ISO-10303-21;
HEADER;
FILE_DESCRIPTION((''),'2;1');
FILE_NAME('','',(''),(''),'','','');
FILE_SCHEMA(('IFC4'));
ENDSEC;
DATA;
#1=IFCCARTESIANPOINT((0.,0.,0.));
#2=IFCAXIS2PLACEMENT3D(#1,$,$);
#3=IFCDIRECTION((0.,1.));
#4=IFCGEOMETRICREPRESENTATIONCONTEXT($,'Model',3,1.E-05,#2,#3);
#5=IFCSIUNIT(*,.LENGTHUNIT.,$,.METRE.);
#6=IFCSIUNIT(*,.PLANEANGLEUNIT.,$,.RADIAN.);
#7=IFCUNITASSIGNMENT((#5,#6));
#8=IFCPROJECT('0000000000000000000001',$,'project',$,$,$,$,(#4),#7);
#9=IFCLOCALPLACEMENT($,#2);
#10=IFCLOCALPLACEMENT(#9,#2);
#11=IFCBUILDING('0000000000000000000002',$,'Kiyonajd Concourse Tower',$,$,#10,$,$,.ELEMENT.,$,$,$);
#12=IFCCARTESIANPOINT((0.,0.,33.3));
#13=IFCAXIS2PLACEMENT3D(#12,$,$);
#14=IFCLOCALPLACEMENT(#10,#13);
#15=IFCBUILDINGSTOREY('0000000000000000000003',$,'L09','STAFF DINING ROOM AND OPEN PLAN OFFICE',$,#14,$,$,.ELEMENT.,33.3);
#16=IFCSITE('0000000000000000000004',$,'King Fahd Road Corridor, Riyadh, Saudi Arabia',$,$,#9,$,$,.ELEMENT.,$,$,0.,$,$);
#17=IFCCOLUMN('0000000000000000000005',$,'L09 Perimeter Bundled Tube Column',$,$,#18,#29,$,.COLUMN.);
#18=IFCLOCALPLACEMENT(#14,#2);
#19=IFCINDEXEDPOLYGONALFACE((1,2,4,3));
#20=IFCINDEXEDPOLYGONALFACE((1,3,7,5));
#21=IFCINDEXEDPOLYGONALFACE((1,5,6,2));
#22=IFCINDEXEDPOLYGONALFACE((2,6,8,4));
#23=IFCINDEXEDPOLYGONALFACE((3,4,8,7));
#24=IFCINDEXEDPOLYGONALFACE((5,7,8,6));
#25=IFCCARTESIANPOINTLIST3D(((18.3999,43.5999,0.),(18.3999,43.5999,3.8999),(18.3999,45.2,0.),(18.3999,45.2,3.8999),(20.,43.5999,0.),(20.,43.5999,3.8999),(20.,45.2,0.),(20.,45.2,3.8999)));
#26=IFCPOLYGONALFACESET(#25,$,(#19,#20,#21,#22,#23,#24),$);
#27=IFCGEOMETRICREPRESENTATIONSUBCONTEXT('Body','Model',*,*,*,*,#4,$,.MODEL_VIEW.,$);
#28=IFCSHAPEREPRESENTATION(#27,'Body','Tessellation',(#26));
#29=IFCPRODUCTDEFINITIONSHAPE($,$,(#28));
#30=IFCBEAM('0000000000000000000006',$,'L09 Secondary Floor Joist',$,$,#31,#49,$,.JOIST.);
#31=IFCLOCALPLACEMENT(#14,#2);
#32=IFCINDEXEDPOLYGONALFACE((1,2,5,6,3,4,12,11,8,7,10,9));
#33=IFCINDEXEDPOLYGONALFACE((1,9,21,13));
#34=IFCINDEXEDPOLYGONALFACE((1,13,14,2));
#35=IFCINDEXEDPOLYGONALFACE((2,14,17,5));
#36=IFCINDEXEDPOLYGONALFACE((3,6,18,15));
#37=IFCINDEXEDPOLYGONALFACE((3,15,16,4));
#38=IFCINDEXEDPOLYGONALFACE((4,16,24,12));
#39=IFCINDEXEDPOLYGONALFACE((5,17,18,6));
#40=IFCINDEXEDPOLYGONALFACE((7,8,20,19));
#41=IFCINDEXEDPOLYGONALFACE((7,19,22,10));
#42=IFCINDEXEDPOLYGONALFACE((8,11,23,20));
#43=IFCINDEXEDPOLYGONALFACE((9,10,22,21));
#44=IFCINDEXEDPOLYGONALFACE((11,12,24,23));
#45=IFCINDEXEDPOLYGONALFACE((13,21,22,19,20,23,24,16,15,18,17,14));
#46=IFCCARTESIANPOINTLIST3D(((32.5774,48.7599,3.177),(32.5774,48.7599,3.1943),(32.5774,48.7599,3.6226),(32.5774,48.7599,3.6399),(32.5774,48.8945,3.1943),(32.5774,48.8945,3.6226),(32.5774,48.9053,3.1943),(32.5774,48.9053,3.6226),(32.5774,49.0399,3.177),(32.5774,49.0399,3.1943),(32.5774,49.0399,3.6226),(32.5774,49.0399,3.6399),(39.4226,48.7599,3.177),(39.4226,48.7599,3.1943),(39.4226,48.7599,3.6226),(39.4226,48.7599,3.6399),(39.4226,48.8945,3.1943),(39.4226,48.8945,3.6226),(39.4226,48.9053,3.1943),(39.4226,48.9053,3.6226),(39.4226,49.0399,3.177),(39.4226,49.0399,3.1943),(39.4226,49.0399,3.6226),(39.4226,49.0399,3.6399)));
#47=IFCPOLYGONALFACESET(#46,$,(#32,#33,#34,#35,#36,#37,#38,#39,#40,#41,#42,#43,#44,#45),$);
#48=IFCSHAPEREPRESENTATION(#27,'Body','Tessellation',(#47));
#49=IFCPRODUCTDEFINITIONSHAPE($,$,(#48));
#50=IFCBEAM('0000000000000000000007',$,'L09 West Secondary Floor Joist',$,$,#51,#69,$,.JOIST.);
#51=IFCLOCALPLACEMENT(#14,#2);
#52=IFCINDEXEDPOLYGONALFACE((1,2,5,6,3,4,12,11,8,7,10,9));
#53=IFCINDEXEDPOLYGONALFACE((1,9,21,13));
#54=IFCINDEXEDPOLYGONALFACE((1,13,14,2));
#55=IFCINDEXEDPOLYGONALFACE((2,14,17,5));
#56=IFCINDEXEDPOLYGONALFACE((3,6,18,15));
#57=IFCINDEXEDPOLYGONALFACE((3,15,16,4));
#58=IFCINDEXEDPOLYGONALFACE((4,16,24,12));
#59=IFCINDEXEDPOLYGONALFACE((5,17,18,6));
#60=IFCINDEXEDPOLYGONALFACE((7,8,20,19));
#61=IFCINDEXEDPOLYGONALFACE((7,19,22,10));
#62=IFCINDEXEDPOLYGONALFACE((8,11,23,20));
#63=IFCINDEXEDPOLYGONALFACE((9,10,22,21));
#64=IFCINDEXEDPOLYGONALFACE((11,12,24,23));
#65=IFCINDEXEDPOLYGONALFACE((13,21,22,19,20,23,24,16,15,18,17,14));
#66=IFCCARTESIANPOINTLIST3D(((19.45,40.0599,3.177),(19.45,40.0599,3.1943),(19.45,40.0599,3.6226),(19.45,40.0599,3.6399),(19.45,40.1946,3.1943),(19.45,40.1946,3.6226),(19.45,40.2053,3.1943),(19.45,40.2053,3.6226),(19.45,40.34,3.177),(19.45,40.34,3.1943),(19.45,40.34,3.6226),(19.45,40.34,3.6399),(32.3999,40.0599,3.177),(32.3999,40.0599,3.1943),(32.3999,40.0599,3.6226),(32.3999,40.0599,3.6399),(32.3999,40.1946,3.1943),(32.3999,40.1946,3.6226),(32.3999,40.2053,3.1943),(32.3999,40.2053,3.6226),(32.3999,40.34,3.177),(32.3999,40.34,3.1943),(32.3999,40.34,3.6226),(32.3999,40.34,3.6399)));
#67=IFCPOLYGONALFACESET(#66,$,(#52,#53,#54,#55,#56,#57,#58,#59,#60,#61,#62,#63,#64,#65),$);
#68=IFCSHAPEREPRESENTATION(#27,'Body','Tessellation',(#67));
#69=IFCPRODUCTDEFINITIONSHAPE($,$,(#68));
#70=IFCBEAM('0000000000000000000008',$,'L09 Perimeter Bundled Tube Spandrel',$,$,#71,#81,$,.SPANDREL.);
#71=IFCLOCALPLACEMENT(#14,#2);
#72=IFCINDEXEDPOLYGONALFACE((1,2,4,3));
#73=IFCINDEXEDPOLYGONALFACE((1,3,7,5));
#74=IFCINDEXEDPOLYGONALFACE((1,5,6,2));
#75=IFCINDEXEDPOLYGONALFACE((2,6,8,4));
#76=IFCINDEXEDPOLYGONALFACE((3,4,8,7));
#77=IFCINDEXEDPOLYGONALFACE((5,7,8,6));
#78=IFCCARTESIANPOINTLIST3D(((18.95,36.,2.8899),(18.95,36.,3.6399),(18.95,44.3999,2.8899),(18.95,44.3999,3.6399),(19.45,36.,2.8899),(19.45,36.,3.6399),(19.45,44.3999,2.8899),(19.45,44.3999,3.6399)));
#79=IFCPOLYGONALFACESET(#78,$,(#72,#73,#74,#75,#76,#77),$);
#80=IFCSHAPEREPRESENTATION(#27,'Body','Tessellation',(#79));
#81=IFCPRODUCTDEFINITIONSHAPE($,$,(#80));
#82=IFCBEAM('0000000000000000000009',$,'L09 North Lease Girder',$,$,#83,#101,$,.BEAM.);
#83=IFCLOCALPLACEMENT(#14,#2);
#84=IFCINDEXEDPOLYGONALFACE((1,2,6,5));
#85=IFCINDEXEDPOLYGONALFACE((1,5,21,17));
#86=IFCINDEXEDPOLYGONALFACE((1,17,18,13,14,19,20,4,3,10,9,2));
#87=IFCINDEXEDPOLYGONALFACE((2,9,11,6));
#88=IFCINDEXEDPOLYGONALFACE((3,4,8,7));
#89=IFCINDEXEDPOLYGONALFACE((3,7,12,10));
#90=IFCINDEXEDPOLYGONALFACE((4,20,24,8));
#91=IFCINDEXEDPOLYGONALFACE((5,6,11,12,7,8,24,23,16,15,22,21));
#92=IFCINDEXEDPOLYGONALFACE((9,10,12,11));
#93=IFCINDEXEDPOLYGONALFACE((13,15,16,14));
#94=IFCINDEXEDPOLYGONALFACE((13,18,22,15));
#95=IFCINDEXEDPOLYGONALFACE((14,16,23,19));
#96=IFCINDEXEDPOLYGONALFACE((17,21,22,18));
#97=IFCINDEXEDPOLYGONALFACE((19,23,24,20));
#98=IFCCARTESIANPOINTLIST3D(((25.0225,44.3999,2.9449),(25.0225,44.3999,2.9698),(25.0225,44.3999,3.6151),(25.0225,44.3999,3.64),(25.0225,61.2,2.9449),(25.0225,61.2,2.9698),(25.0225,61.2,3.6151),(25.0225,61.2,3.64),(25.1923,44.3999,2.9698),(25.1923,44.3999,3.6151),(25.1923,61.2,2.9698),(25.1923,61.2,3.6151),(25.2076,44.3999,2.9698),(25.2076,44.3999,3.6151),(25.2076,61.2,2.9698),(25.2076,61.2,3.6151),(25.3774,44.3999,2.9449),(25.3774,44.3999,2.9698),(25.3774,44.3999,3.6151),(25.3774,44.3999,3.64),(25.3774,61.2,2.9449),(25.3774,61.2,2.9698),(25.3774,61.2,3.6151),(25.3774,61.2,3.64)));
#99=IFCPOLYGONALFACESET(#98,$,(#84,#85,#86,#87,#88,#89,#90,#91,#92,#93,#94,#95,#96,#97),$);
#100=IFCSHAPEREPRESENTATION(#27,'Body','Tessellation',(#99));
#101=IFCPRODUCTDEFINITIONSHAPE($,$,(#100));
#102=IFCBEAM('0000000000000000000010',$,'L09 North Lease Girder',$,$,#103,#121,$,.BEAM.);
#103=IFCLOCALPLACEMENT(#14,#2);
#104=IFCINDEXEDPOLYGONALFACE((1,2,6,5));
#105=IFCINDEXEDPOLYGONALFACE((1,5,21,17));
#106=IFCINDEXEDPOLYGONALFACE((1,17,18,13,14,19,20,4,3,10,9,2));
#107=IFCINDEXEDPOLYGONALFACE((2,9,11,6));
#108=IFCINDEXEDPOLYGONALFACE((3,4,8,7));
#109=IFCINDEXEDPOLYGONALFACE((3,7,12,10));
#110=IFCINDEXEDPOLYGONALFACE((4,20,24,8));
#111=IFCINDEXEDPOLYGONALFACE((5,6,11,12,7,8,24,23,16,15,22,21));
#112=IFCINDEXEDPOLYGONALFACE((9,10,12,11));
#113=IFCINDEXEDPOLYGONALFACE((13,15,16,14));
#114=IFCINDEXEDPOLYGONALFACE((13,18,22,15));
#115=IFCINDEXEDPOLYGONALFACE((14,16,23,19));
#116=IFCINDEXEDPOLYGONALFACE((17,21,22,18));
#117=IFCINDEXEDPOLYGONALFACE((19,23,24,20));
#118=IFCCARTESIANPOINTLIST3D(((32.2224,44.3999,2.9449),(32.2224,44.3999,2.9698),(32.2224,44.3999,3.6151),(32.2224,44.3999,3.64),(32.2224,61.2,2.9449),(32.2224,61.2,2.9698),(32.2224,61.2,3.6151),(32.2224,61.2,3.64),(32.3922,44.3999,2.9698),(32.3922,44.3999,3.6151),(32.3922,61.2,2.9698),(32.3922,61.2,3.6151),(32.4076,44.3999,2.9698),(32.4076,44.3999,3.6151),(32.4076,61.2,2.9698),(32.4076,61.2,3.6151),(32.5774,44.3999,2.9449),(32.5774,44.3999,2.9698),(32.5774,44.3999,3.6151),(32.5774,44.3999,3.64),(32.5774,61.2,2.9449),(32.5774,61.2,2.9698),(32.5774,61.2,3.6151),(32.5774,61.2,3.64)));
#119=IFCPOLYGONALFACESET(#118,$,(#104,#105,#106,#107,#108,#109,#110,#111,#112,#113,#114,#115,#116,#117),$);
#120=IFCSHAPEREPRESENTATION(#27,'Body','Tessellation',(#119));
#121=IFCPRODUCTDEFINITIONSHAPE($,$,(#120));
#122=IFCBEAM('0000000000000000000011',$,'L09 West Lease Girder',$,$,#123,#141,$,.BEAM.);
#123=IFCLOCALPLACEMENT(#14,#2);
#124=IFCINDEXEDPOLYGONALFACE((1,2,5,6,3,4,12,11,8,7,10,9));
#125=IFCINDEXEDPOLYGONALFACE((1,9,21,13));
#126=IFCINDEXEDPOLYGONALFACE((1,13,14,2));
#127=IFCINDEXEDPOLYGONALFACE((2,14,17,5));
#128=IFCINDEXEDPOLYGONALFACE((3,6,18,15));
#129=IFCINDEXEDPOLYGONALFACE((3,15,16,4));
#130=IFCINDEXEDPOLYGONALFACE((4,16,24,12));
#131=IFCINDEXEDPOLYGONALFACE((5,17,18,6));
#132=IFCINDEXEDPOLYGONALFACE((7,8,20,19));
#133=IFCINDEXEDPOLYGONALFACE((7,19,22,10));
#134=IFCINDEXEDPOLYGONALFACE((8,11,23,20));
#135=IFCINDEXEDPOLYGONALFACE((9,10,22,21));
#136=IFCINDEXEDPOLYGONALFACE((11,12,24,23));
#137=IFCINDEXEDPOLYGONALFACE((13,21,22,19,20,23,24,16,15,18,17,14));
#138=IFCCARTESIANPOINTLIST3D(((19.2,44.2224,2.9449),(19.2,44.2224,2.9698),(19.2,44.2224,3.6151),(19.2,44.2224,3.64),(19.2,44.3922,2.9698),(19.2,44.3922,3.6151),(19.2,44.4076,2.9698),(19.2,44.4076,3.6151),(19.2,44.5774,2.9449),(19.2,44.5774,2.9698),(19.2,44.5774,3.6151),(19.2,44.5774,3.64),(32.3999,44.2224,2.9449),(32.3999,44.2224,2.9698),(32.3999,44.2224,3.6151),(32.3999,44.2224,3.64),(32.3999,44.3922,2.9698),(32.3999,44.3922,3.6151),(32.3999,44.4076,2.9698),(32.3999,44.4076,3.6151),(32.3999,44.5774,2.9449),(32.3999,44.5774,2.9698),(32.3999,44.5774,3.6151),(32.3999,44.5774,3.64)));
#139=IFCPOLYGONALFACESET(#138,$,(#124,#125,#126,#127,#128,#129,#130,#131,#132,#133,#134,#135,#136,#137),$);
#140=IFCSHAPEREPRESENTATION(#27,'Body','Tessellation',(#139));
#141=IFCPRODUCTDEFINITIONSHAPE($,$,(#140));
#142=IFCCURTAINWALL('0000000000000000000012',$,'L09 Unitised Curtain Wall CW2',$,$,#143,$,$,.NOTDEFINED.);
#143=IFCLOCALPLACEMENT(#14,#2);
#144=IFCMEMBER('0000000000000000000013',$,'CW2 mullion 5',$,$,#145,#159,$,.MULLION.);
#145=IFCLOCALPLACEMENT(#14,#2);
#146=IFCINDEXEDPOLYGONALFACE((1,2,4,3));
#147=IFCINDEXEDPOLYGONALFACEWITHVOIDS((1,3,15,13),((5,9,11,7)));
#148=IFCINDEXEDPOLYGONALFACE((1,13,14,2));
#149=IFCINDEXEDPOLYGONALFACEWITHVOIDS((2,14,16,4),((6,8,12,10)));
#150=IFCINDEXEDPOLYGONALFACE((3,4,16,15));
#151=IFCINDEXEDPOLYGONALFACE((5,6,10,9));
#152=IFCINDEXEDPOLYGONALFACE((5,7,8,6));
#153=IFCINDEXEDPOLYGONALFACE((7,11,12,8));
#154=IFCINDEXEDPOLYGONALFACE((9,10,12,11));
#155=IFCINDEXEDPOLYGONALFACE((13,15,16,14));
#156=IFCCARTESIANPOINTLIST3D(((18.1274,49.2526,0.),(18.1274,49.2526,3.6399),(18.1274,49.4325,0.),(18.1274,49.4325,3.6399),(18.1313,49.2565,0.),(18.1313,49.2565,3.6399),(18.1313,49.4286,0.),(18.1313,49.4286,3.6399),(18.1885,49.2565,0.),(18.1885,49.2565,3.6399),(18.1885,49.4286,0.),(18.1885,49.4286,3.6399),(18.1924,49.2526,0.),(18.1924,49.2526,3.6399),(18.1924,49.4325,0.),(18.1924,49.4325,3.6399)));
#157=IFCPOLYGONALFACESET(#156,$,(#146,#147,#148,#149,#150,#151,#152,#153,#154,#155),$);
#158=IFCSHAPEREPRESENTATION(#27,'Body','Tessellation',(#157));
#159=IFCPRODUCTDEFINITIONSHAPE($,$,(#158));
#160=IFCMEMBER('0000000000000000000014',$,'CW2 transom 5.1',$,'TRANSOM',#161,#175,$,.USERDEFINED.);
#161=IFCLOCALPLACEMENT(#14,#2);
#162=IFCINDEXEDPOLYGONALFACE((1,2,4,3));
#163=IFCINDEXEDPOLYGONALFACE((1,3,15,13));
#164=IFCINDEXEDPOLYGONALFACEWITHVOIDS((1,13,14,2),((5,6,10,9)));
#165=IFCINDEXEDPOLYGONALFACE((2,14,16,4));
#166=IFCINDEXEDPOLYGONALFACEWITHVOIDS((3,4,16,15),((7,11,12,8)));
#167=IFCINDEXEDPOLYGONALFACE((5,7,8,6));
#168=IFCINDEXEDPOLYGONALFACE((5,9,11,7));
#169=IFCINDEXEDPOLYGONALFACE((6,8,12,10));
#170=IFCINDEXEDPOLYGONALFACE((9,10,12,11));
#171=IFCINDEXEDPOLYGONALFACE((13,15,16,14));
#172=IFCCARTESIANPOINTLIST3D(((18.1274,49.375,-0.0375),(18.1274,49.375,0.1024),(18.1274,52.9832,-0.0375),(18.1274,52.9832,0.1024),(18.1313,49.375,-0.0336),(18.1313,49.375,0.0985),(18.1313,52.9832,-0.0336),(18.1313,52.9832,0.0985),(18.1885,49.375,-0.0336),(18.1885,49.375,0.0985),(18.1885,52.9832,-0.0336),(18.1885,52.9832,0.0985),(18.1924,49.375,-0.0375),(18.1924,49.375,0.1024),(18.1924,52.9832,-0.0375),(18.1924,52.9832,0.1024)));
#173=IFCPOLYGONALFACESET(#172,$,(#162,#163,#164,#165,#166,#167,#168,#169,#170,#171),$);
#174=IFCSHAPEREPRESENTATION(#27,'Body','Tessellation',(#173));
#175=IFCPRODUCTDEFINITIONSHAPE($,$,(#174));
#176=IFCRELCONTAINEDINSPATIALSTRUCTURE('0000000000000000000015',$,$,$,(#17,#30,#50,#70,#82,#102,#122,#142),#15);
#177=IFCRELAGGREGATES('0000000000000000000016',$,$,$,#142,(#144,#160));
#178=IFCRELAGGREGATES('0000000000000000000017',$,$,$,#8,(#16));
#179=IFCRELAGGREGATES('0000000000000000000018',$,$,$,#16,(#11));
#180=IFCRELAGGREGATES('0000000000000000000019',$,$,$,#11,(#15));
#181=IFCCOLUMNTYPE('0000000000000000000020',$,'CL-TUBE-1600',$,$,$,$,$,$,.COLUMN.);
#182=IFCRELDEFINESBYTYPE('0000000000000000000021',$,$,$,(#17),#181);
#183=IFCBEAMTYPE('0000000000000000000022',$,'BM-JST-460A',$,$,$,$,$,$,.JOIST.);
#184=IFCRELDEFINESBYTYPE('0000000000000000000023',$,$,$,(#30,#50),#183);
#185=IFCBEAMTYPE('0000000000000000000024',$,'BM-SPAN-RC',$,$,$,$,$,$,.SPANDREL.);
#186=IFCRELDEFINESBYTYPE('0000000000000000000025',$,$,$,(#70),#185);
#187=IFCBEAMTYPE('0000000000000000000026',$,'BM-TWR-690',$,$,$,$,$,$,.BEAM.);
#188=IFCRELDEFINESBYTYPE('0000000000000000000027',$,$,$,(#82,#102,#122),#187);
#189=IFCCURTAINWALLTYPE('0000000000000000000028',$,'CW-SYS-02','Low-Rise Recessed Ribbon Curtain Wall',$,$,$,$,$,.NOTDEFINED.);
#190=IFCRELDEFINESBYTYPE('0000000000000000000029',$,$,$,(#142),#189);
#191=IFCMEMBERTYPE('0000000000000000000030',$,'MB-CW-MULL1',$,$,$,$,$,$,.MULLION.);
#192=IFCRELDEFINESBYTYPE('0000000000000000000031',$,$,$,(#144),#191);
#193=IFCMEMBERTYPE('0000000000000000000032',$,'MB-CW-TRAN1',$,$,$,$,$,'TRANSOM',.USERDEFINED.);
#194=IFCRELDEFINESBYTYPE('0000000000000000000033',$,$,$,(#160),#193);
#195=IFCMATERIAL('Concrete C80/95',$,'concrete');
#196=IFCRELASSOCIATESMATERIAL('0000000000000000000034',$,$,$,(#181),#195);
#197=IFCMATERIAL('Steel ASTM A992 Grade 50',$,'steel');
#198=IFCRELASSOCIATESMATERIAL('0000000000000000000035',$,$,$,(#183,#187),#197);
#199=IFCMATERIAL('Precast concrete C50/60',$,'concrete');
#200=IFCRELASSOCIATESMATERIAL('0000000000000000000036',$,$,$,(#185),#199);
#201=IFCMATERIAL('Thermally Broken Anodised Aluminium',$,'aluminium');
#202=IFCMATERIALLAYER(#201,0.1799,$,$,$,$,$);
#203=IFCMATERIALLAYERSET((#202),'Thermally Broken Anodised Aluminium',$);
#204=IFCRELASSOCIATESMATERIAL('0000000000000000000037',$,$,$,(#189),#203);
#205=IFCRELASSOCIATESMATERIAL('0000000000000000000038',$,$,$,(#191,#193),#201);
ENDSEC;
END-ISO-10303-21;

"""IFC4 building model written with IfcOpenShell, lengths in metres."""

from ifc_helpers import new_model, si_unit, direction, frame, origin, origin_2d, place, context, subcontext, project, spatial, rectangle, hollow_rectangle, i_section, extrude, material, layer, layer_set, material_profile, profile_set, type_object, element, aggregate, save


model = new_model("IFC4")

# Units and contexts
model_context = context("Model", 3, precision=1e-05, world=origin(), true_north=direction((0.0, 1.0)))
body_context = subcontext(model_context, "Body", "Model", "MODEL_VIEW")
ifc_project = project(units=[si_unit("LENGTHUNIT", "METRE"), si_unit("PLANEANGLEUNIT", "RADIAN")], contexts=[model_context])

# Site, building, storey
site_placement = place(None, origin())
site = spatial("IfcSite", under=ifc_project, at=site_placement, Name="King Fahd Road Corridor, Riyadh, Saudi Arabia", CompositionType="ELEMENT", RefElevation=0.0)
building_placement = place(site_placement, origin())
building = spatial("IfcBuilding", under=site, at=building_placement, Name="Kiyonajd Concourse Tower", CompositionType="ELEMENT")
storey_placement = place(building_placement, frame((0.0, 0.0, 33.3)))
storey = spatial("IfcBuildingStorey", under=building, at=storey_placement, Name="L09", Description="STAFF DINING ROOM AND OPEN PLAN OFFICE", CompositionType="ELEMENT", Elevation=33.3)

# Column
ifc_material_1 = material(Name="Concrete C80/95", Category="concrete")
ifc_material_profile_1 = material_profile(ifc_material_1, rectangle(XDim=1.6001, YDim=1.6001, at=origin_2d()), Name="RC-1600x1600")
ifc_profile_set_1 = profile_set([ifc_material_profile_1], Name="Concrete C80/95")
column_type = type_object("IfcColumnType", Name="CL-TUBE-1600", PredefinedType="COLUMN", material=ifc_profile_set_1)
column_placement = place(storey_placement, frame((19.2, 44.3999, 0.0), z_axis=(0.0, 0.0, 1.0), x_axis=(1.0, 0.0, 0.0)))
element("IfcColumn", 1, at=column_placement, inside=storey, type_object=column_type, Name="L09 Perimeter Bundled Tube Column", PredefinedType="COLUMN", context=body_context, shape_type="SweptSolid", body=[
    extrude(rectangle(XDim=1.6001, YDim=1.6001, at=origin_2d()), origin(), (0.0, 0.0, 1.0), 3.8999),
])

# Beams
ifc_material_2 = material(Name="Steel ASTM A992 Grade 50", Category="steel")
ifc_material_profile_2 = material_profile(ifc_material_2, i_section(OverallWidth=0.28, OverallDepth=0.4629, WebThickness=0.0107, FlangeThickness=0.0173, at=origin_2d()), Name="W460X113")
ifc_profile_set_2 = profile_set([ifc_material_profile_2], Name="Steel ASTM A992 Grade 50")
beam_type_1 = type_object("IfcBeamType", Name="BM-JST-460A", PredefinedType="JOIST", material=ifc_profile_set_2)
beam_1_placement = place(storey_placement, frame((32.5774, 48.8999, 3.4084), z_axis=(1.0, 0.0, 0.0), x_axis=(0.0, 1.0, 0.0)))
element("IfcBeam", 2, at=beam_1_placement, inside=storey, type_object=beam_type_1, Name="L09 Secondary Floor Joist", PredefinedType="JOIST", context=body_context, shape_type="SweptSolid", body=[
    extrude(i_section(OverallWidth=0.28, OverallDepth=0.4629, WebThickness=0.0107, FlangeThickness=0.0173, at=origin_2d()), origin(), (0.0, 0.0, 1.0), 6.8452),
])
beam_2_placement = place(storey_placement, frame((19.45, 40.2, 3.4084), z_axis=(1.0, 0.0, 0.0), x_axis=(0.0, 1.0, 0.0)))
element("IfcBeam", 3, at=beam_2_placement, inside=storey, type_object=beam_type_1, Name="L09 West Secondary Floor Joist", PredefinedType="JOIST", context=body_context, shape_type="SweptSolid", body=[
    extrude(i_section(OverallWidth=0.28, OverallDepth=0.4629, WebThickness=0.0107, FlangeThickness=0.0173, at=origin_2d()), origin(), (0.0, 0.0, 1.0), 12.95),
])
ifc_material_3 = material(Name="Precast concrete C50/60", Category="concrete")
ifc_material_profile_3 = material_profile(ifc_material_3, rectangle(XDim=0.5, YDim=0.75, at=origin_2d()), Name="RCBM-500x750")
ifc_profile_set_3 = profile_set([ifc_material_profile_3], Name="Precast concrete C50/60")
beam_type_2 = type_object("IfcBeamType", Name="BM-SPAN-RC", PredefinedType="SPANDREL", material=ifc_profile_set_3)
beam_3_placement = place(storey_placement, frame((19.2, 44.3999, 3.2649), z_axis=(0.0, -1.0, 0.0), x_axis=(1.0, 0.0, 0.0)))
element("IfcBeam", 4, at=beam_3_placement, inside=storey, type_object=beam_type_2, Name="L09 Perimeter Bundled Tube Spandrel", PredefinedType="SPANDREL", context=body_context, shape_type="SweptSolid", body=[
    extrude(rectangle(XDim=0.5, YDim=0.75, at=origin_2d()), origin(), (0.0, 0.0, 1.0), 8.3999),
])
ifc_material_profile_4 = material_profile(ifc_material_2, i_section(OverallWidth=0.355, OverallDepth=0.6951, WebThickness=0.0154, FlangeThickness=0.0249, at=origin_2d()), Name="W690X217")
ifc_profile_set_4 = profile_set([ifc_material_profile_4], Name="Steel ASTM A992 Grade 50")
beam_type_3 = type_object("IfcBeamType", Name="BM-TWR-690", PredefinedType="BEAM", material=ifc_profile_set_4)
for number, where, z_axis, x_axis, name in (
    (5, (25.2, 44.3999, 3.2925), (0.0, 1.0, 0.0), (-1.0, 0.0, 0.0), "L09 North Lease Girder"),
    (6, (32.3999, 44.3999, 3.2925), (0.0, 1.0, 0.0), (-1.0, 0.0, 0.0), "L09 North Lease Girder"),
):
    element("IfcBeam", number, at=place(storey_placement, frame(where, z_axis=z_axis, x_axis=x_axis)), inside=storey, type_object=beam_type_3, Name=name, PredefinedType="BEAM", context=body_context, shape_type="SweptSolid", body=[
        extrude(i_section(OverallWidth=0.355, OverallDepth=0.6951, WebThickness=0.0154, FlangeThickness=0.0249, at=origin_2d()), origin(), (0.0, 0.0, 1.0), 16.8),
    ])
beam_4_placement = place(storey_placement, frame((19.2, 44.3999, 3.2925), z_axis=(1.0, 0.0, 0.0), x_axis=(0.0, 1.0, 0.0)))
element("IfcBeam", 7, at=beam_4_placement, inside=storey, type_object=beam_type_3, Name="L09 West Lease Girder", PredefinedType="BEAM", context=body_context, shape_type="SweptSolid", body=[
    extrude(i_section(OverallWidth=0.355, OverallDepth=0.6951, WebThickness=0.0154, FlangeThickness=0.0249, at=origin_2d()), origin(), (0.0, 0.0, 1.0), 13.2),
])

# Curtain wall, members
ifc_material_4 = material(Name="Thermally Broken Anodised Aluminium", Category="aluminium")
ifc_layer_1 = layer(ifc_material_4, 0.1799)
ifc_layer_set_1 = layer_set([ifc_layer_1], Name="Thermally Broken Anodised Aluminium")
curtain_wall_type = type_object("IfcCurtainWallType", Name="CW-SYS-02", Description="Low-Rise Recessed Ribbon Curtain Wall", PredefinedType="NOTDEFINED", material=ifc_layer_set_1)
curtain_wall_placement = place(storey_placement, origin())
curtain_wall = element("IfcCurtainWall", 8, at=curtain_wall_placement, inside=storey, type_object=curtain_wall_type, Name="L09 Unitised Curtain Wall CW2", PredefinedType="NOTDEFINED")
ifc_material_profile_5 = material_profile(ifc_material_4, hollow_rectangle(XDim=0.0649, YDim=0.1799, WallThickness=0.0039, at=origin_2d()), Name="MULL-65x180")
ifc_profile_set_5 = profile_set([ifc_material_profile_5], Name="Thermally Broken Anodised Aluminium")
member_type_1 = type_object("IfcMemberType", Name="MB-CW-MULL1", PredefinedType="MULLION", material=ifc_profile_set_5)
member_1_placement = place(storey_placement, frame((18.1599, 49.3425, 0.0), z_axis=(0.0, 0.0, 1.0), x_axis=(-1.0, 0.0, 0.0)))
member_1 = element("IfcMember", 9, at=member_1_placement, type_object=member_type_1, Name="CW2 mullion 5", PredefinedType="MULLION", context=body_context, shape_type="SweptSolid", body=[
    extrude(hollow_rectangle(XDim=0.0649, YDim=0.1799, WallThickness=0.0039, at=origin_2d()), origin(), (0.0, 0.0, 1.0), 3.6399),
])
ifc_material_profile_6 = material_profile(ifc_material_4, hollow_rectangle(XDim=0.0649, YDim=0.1399, WallThickness=0.0039, at=origin_2d()), Name="TRAN-65x140")
ifc_profile_set_6 = profile_set([ifc_material_profile_6], Name="Thermally Broken Anodised Aluminium")
member_type_2 = type_object("IfcMemberType", Name="MB-CW-TRAN1", ElementType="TRANSOM", PredefinedType="USERDEFINED", material=ifc_profile_set_6)
member_2_placement = place(storey_placement, frame((18.1599, 49.375, 0.0325), z_axis=(0.0, 1.0, 0.0), x_axis=(-1.0, 0.0, 0.0)))
member_2 = element("IfcMember", 10, at=member_2_placement, type_object=member_type_2, Name="CW2 transom 5.1", ObjectType="TRANSOM", PredefinedType="USERDEFINED", context=body_context, shape_type="SweptSolid", body=[
    extrude(hollow_rectangle(XDim=0.0649, YDim=0.1399, WallThickness=0.0039, at=origin_2d()), origin(), (0.0, 0.0, 1.0), 3.6082),
])
aggregate(curtain_wall, [member_1, member_2])

save(model, "model.ifc")
